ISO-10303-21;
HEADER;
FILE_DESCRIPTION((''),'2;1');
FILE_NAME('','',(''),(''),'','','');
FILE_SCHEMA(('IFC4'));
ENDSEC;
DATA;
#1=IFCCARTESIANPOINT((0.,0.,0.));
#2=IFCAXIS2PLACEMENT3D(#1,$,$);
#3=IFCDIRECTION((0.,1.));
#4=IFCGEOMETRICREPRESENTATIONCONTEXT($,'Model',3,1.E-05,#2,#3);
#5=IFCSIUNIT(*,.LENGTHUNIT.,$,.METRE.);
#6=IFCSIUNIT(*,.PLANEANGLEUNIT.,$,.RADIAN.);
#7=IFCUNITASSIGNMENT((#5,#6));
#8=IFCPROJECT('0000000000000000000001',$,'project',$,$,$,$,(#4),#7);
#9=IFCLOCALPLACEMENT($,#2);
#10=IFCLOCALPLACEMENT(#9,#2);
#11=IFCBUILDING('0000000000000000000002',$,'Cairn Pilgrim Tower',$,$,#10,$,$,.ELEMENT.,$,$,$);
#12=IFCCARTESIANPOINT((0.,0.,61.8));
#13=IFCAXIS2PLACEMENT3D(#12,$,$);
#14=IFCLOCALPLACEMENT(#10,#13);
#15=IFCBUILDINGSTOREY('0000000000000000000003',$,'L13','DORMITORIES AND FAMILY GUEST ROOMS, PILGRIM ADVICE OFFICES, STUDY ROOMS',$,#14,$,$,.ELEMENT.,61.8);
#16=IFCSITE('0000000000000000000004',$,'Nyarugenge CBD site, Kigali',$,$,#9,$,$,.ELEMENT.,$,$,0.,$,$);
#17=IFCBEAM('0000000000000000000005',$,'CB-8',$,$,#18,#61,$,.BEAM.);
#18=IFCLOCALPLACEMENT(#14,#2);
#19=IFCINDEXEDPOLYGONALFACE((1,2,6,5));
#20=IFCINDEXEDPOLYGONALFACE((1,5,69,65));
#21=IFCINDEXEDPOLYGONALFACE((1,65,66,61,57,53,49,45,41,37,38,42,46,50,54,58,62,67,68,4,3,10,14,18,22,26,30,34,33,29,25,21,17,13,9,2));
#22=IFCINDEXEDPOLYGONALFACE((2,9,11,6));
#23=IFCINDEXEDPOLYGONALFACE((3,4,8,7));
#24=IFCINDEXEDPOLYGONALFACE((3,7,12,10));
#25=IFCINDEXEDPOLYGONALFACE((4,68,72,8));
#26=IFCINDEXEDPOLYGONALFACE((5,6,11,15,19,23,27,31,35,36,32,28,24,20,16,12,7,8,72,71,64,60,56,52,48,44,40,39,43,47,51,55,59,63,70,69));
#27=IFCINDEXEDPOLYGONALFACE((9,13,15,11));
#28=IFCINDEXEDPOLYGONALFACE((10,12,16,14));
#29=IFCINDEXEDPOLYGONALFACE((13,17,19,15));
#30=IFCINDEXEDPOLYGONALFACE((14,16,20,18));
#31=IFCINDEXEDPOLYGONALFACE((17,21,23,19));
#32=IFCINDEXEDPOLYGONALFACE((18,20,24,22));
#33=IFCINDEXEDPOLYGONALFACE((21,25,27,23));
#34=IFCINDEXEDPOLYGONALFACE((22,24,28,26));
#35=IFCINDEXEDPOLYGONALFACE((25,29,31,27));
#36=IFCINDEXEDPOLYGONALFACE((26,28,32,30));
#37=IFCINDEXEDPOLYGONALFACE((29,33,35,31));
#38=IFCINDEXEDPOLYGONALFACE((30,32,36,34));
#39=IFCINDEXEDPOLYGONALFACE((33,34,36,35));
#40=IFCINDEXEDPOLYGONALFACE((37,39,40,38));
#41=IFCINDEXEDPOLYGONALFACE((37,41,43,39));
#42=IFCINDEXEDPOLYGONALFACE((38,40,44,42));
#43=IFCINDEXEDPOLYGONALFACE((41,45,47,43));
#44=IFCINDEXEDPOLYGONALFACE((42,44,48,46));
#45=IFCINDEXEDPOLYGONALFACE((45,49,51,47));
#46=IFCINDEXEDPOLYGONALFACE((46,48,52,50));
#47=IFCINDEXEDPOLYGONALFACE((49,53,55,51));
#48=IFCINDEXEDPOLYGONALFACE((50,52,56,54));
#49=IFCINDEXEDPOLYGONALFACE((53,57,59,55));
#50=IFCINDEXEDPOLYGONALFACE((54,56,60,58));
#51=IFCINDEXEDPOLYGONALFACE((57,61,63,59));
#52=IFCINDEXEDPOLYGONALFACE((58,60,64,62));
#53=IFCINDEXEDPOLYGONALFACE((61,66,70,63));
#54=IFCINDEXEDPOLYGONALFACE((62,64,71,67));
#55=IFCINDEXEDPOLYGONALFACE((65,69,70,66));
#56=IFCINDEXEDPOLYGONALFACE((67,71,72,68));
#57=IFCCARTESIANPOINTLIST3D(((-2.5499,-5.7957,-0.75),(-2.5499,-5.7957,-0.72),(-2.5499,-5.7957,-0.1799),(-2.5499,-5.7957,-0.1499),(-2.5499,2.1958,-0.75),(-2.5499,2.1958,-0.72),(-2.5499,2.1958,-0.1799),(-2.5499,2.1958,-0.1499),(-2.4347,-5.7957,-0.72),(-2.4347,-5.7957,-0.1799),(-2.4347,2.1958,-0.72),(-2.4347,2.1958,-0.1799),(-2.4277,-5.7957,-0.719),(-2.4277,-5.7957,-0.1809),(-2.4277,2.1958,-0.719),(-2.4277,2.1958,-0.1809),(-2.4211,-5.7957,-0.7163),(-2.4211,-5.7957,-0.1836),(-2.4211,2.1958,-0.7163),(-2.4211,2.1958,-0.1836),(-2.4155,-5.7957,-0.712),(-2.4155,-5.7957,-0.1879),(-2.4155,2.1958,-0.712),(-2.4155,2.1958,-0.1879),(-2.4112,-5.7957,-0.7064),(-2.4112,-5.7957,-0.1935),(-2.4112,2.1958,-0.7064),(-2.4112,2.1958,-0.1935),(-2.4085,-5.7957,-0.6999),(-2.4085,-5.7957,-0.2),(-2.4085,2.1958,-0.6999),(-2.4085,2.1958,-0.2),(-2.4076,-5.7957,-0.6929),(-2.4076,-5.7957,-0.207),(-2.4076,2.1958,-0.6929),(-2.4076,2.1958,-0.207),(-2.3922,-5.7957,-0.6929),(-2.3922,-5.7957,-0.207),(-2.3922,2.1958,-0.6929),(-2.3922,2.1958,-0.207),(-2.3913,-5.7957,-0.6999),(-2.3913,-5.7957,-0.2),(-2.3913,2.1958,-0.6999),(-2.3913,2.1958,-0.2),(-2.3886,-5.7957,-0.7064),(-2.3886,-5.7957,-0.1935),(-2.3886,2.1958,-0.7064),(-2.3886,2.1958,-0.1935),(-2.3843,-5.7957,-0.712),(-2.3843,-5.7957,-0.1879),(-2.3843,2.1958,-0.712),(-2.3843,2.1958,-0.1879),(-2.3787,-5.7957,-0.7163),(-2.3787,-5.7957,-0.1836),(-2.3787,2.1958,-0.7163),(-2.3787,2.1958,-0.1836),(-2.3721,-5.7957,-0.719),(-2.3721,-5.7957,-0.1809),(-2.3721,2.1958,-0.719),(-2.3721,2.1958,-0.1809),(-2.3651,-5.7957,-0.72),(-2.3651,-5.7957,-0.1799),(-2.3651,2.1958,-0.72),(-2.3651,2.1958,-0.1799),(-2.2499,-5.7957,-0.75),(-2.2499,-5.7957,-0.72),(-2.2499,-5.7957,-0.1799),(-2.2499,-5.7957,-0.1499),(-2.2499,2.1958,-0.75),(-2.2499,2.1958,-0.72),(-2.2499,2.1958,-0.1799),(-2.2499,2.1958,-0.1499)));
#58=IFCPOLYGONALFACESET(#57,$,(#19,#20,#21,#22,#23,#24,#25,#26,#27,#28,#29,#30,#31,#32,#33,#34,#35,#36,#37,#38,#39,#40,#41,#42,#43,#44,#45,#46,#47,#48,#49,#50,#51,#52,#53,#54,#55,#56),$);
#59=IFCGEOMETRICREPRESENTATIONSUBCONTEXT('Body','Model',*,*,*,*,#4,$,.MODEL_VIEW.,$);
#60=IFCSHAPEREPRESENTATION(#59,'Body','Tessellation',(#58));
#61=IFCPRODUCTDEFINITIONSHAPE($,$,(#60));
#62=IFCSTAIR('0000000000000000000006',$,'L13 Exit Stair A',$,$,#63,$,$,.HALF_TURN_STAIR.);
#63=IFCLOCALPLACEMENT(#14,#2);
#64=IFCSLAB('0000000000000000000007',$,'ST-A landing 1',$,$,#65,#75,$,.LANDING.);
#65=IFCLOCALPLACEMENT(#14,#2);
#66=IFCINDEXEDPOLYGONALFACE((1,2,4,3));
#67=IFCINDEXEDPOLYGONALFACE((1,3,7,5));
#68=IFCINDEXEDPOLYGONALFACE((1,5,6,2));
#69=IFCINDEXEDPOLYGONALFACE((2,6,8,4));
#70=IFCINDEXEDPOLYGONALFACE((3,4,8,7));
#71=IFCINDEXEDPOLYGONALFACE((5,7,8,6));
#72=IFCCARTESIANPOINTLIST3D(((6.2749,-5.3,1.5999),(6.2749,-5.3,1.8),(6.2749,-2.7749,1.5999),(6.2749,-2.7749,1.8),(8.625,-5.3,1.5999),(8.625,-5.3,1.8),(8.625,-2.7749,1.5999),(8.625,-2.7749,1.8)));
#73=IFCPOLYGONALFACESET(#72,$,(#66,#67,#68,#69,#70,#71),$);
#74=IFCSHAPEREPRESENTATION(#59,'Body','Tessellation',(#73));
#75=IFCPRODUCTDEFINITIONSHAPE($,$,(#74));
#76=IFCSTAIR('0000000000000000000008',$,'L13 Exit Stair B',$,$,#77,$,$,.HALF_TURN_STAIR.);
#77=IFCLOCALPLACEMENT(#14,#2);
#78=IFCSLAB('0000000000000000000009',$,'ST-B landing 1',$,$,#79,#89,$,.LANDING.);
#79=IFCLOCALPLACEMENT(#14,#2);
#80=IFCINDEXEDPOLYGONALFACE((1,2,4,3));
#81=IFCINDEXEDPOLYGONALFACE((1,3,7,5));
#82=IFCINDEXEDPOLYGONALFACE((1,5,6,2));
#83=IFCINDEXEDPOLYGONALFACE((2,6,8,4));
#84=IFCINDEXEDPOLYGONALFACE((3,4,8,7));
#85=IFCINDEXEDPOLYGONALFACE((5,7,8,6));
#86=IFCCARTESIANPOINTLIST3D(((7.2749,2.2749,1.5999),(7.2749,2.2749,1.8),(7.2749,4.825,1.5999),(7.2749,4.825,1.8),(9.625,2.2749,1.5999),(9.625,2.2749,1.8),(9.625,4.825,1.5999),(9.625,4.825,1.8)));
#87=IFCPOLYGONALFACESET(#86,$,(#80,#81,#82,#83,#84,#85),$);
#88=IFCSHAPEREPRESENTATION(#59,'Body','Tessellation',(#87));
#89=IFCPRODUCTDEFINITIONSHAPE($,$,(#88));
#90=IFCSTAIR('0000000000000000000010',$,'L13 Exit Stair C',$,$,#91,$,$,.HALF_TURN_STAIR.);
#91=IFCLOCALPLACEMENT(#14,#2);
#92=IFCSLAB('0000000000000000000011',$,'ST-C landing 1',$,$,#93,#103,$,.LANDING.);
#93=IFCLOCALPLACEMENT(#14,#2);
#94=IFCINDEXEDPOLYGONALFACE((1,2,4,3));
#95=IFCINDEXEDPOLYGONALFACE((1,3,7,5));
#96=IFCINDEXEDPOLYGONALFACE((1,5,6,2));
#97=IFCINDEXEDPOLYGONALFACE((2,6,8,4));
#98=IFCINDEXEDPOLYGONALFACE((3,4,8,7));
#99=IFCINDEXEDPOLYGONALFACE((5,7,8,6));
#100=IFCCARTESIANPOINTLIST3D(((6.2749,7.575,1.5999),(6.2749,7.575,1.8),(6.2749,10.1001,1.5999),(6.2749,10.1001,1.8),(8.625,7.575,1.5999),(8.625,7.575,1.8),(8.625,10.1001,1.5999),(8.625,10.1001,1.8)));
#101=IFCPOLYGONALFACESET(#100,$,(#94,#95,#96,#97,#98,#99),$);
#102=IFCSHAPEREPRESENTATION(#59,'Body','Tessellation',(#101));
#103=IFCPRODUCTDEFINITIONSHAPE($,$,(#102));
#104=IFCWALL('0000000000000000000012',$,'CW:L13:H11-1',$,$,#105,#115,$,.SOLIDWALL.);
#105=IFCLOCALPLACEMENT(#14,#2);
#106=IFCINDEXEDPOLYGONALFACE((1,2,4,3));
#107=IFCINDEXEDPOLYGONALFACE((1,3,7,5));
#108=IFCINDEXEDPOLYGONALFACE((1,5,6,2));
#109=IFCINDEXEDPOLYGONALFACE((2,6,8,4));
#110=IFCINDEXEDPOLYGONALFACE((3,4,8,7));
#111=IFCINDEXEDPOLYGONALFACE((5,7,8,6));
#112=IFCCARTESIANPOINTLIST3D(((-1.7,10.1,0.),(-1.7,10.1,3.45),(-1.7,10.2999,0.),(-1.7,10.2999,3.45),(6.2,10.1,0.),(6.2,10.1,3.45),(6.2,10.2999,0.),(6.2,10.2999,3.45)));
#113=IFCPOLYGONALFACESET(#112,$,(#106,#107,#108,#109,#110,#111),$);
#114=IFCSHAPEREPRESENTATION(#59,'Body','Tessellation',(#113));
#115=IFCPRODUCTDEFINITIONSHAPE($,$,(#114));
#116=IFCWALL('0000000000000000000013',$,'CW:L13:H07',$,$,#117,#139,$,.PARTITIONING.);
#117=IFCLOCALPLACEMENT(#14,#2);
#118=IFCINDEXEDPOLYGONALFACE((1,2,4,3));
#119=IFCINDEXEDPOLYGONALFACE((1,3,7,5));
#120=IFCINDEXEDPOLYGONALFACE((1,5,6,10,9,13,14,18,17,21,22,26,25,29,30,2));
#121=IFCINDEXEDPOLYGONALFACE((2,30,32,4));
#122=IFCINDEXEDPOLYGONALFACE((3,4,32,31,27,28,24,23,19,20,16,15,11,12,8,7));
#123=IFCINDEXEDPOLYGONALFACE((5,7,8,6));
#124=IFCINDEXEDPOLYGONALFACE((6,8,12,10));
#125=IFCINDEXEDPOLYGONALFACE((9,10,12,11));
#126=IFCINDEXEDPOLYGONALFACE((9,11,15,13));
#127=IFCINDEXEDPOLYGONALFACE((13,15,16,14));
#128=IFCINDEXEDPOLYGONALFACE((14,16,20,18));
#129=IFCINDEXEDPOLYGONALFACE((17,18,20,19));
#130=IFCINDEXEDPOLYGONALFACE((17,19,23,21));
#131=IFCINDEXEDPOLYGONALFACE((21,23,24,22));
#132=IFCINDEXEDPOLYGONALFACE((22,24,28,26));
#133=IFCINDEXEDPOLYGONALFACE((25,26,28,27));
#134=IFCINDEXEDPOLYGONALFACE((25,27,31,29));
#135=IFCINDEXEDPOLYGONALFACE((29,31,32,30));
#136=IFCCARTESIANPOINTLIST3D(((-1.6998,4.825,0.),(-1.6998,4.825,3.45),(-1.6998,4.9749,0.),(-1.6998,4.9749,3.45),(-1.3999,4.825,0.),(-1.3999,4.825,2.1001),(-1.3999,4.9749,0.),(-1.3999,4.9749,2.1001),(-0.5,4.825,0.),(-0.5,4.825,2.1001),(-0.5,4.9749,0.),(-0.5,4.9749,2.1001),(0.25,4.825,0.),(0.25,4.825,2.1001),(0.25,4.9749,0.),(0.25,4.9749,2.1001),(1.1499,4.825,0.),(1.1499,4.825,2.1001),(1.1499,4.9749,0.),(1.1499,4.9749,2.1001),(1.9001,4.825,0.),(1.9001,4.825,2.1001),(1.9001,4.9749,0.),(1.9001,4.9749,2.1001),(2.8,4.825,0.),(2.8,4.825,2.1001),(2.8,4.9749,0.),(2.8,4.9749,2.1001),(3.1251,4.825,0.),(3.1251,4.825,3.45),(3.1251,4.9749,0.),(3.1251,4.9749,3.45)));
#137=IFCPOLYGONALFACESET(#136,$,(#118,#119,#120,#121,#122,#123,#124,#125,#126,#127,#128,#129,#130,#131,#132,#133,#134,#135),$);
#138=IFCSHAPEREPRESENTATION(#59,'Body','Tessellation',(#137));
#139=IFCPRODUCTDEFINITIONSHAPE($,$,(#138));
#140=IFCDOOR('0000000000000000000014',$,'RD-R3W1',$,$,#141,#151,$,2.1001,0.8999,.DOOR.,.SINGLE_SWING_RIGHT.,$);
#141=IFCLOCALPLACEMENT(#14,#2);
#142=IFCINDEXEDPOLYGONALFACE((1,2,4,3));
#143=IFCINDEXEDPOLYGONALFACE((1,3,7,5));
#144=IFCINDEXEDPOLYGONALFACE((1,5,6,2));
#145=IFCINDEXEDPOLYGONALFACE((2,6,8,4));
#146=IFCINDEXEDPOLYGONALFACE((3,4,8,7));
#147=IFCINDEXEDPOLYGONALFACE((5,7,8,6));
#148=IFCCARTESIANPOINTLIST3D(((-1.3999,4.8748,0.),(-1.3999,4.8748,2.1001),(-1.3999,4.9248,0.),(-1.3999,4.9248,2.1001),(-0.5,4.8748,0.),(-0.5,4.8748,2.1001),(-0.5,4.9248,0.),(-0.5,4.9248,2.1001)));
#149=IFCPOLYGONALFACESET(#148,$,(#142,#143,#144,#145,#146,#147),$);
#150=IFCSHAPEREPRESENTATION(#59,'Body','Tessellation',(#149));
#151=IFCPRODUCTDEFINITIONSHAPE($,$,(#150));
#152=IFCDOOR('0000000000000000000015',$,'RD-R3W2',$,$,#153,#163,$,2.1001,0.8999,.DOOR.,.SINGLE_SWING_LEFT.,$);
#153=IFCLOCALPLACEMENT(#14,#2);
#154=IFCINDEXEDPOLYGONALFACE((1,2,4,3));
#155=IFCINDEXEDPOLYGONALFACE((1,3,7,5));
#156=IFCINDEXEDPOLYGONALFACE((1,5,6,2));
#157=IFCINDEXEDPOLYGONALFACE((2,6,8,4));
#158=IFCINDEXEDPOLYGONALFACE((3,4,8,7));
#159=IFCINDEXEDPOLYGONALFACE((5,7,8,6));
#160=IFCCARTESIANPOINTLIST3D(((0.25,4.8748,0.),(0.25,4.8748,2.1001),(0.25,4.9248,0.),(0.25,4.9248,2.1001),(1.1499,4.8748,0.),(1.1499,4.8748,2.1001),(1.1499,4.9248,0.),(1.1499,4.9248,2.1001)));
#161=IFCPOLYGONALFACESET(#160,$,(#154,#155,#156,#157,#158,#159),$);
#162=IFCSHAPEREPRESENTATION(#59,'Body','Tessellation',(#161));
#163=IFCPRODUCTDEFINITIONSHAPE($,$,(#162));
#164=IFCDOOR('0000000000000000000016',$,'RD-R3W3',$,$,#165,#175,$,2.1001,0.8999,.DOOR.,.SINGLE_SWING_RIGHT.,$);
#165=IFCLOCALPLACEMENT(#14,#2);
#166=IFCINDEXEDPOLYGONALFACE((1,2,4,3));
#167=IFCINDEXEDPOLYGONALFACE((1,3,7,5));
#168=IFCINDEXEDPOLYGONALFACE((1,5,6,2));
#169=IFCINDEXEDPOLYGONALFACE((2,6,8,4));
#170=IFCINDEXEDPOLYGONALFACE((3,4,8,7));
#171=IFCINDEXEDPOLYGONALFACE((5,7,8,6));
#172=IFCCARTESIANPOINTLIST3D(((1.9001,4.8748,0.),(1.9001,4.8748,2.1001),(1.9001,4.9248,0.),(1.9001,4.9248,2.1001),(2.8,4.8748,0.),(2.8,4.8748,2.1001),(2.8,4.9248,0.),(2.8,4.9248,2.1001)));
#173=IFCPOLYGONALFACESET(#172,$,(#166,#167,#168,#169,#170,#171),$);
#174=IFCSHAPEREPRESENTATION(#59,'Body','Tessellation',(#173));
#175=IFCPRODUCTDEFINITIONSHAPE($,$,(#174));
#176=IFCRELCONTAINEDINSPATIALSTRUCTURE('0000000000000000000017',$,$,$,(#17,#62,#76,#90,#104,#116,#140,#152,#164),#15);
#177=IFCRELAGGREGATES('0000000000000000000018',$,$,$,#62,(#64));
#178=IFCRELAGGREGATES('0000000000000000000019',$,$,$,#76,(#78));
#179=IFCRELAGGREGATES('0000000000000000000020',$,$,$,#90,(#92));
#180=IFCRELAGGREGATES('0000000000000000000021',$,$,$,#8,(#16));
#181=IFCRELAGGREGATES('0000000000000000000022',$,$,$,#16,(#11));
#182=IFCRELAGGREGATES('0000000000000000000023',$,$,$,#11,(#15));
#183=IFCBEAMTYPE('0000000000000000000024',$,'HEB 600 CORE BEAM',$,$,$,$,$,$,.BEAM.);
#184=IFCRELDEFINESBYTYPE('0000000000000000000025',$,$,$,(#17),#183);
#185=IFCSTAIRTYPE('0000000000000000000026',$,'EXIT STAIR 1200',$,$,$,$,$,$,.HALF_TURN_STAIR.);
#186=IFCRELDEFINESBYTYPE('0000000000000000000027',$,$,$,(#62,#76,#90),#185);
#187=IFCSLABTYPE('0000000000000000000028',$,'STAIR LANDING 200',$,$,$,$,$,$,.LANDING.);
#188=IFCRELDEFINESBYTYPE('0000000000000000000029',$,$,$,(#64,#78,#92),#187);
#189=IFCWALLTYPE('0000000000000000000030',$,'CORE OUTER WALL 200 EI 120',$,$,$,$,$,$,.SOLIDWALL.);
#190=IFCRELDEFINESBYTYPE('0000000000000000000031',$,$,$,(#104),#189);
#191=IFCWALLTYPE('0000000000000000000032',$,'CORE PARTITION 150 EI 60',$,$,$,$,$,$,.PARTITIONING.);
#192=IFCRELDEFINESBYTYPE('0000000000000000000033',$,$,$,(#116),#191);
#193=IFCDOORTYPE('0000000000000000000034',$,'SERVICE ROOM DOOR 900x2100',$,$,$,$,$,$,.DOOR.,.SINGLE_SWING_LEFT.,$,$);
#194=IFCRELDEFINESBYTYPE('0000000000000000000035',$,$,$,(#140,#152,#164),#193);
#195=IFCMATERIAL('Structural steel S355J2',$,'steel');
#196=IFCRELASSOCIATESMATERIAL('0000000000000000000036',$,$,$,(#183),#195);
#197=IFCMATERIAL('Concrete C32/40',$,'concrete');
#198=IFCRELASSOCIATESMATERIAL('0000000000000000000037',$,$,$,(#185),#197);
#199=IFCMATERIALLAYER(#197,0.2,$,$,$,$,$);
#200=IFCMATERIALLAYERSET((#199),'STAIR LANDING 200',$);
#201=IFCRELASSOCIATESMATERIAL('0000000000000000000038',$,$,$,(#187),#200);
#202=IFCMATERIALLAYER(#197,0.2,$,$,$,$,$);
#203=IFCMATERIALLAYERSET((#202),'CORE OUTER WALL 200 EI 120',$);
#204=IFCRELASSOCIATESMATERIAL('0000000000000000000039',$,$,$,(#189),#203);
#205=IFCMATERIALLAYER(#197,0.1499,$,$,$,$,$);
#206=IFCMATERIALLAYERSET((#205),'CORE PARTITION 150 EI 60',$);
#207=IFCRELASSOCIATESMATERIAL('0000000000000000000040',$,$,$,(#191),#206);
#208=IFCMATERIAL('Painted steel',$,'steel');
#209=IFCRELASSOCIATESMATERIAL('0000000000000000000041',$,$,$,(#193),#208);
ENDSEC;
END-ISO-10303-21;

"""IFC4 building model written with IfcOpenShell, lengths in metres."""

from ifc_helpers import new_model, si_unit, direction, frame, frame_2d, origin, origin_2d, place, context, subcontext, project, spatial, polyline, rectangle, i_section, outline, extrude, material, layer, layer_set, material_profile, profile_set, type_object, element, fill, aggregate, save


model = new_model("IFC4")

# Units and contexts
model_context = context("Model", 3, precision=1e-05, world=origin(), true_north=direction((0.0, 1.0)))
body_context = subcontext(model_context, "Body", "Model", "MODEL_VIEW")
ifc_project = project(units=[si_unit("LENGTHUNIT", "METRE"), si_unit("PLANEANGLEUNIT", "RADIAN")], contexts=[model_context])

# Site, building, storey
site_placement = place(None, origin())
site = spatial("IfcSite", under=ifc_project, at=site_placement, Name="Nyarugenge CBD site, Kigali", CompositionType="ELEMENT", RefElevation=0.0)
building_placement = place(site_placement, origin())
building = spatial("IfcBuilding", under=site, at=building_placement, Name="Cairn Pilgrim Tower", CompositionType="ELEMENT")
storey_placement = place(building_placement, frame((0.0, 0.0, 61.8)))
storey = spatial("IfcBuildingStorey", under=building, at=storey_placement, Name="L13", Description="DORMITORIES AND FAMILY GUEST ROOMS, PILGRIM ADVICE OFFICES, STUDY ROOMS", CompositionType="ELEMENT", Elevation=61.8)

# Beam
ifc_material_1 = material(Name="Structural steel S355J2", Category="steel")
ifc_material_profile_1 = material_profile(ifc_material_1, i_section(OverallWidth=0.3, OverallDepth=0.6001, WebThickness=0.0154, FlangeThickness=0.03, FilletRadius=0.0271, at=origin_2d()), Name="HEB 600")
ifc_profile_set_1 = profile_set([ifc_material_profile_1], Name="Structural steel S355J2")
beam_type = type_object("IfcBeamType", Name="HEB 600 CORE BEAM", PredefinedType="BEAM", material=ifc_profile_set_1)
for number, where, z_axis, x_axis, name in (
    (1, (-2.3999, 2.1958, -0.45), (0.0, -1.0, 0.0), (1.0, 0.0, 0.0), "CB-8"),
):
    element("IfcBeam", number, at=place(storey_placement, frame(where, z_axis=z_axis, x_axis=x_axis)), inside=storey, type_object=beam_type, Name=name, PredefinedType="BEAM", context=body_context, shape_type="SweptSolid", body=[
        extrude(i_section(OverallWidth=0.3, OverallDepth=0.6001, WebThickness=0.0154, FlangeThickness=0.03, FilletRadius=0.0271, at=origin_2d()), origin(), (0.0, 0.0, 1.0), 7.9915),
    ])

# Stairs, slabs
ifc_material_2 = material(Name="Concrete C32/40", Category="concrete")
stair_type = type_object("IfcStairType", Name="EXIT STAIR 1200", PredefinedType="HALF_TURN_STAIR", material=ifc_material_2)
stair_1_placement = place(storey_placement, origin())
stair_1 = element("IfcStair", 2, at=stair_1_placement, inside=storey, type_object=stair_type, Name="L13 Exit Stair A", PredefinedType="HALF_TURN_STAIR")
ifc_layer_1 = layer(ifc_material_2, 0.2)
ifc_layer_set_1 = layer_set([ifc_layer_1], Name="STAIR LANDING 200")
slab_type = type_object("IfcSlabType", Name="STAIR LANDING 200", PredefinedType="LANDING", material=ifc_layer_set_1)
slab_1_placement = place(storey_placement, frame((0.0, 0.0, 1.5999)))
slab_1 = element("IfcSlab", 3, at=slab_1_placement, type_object=slab_type, Name="ST-A landing 1", PredefinedType="LANDING", context=body_context, shape_type="SweptSolid", body=[
    extrude(outline(polyline([(8.625, -2.7749), (6.2749, -2.7749), (6.2749, -5.3), (8.625, -5.3), (8.625, -2.7749)])), origin(), (0.0, 0.0, 1.0), 0.2002),
])
aggregate(stair_1, [slab_1])
stair_2_placement = place(storey_placement, origin())
stair_2 = element("IfcStair", 4, at=stair_2_placement, inside=storey, type_object=stair_type, Name="L13 Exit Stair B", PredefinedType="HALF_TURN_STAIR")
slab_2_placement = place(storey_placement, frame((0.0, 0.0, 1.5999)))
slab_2 = element("IfcSlab", 5, at=slab_2_placement, type_object=slab_type, Name="ST-B landing 1", PredefinedType="LANDING", context=body_context, shape_type="SweptSolid", body=[
    extrude(outline(polyline([(7.2749, 2.2749), (9.625, 2.2749), (9.625, 4.825), (7.2749, 4.825), (7.2749, 2.2749)])), origin(), (0.0, 0.0, 1.0), 0.2002),
])
aggregate(stair_2, [slab_2])
stair_3_placement = place(storey_placement, origin())
stair_3 = element("IfcStair", 6, at=stair_3_placement, inside=storey, type_object=stair_type, Name="L13 Exit Stair C", PredefinedType="HALF_TURN_STAIR")
slab_3_placement = place(storey_placement, frame((0.0, 0.0, 1.5999)))
slab_3 = element("IfcSlab", 7, at=slab_3_placement, type_object=slab_type, Name="ST-C landing 1", PredefinedType="LANDING", context=body_context, shape_type="SweptSolid", body=[
    extrude(outline(polyline([(8.625, 10.1001), (6.2749, 10.1001), (6.2749, 7.575), (8.625, 7.575), (8.625, 10.1001)])), origin(), (0.0, 0.0, 1.0), 0.2002),
])
aggregate(stair_3, [slab_3])

# Wall
ifc_layer_2 = layer(ifc_material_2, 0.2)
ifc_layer_set_2 = layer_set([ifc_layer_2], Name="CORE OUTER WALL 200 EI 120")
wall_type_1 = type_object("IfcWallType", Name="CORE OUTER WALL 200 EI 120", PredefinedType="SOLIDWALL", material=ifc_layer_set_2)
wall_1_placement = place(storey_placement, frame((-1.7, 10.2, 0.0), z_axis=(0.0, 0.0, 1.0), x_axis=(1.0, 0.0, 0.0)))
element("IfcWall", 8, at=wall_1_placement, inside=storey, type_object=wall_type_1, Name="CW:L13:H11-1", PredefinedType="SOLIDWALL", context=body_context, shape_type="SweptSolid", body=[
    extrude(rectangle(XDim=7.8999, YDim=0.2, at=frame_2d((3.95, 0.0))), origin(), (0.0, 0.0, 1.0), 3.45),
])

# Wall, openings, doors
ifc_layer_3 = layer(ifc_material_2, 0.1499)
ifc_layer_set_3 = layer_set([ifc_layer_3], Name="CORE PARTITION 150 EI 60")
wall_type_2 = type_object("IfcWallType", Name="CORE PARTITION 150 EI 60", PredefinedType="PARTITIONING", material=ifc_layer_set_3)
wall_2_placement = place(storey_placement, frame((-1.7, 4.8999, 0.0), z_axis=(0.0, 0.0, 1.0), x_axis=(1.0, 0.0, 0.0)))
wall_2 = element("IfcWall", 9, at=wall_2_placement, inside=storey, type_object=wall_type_2, Name="CW:L13:H07", PredefinedType="PARTITIONING", context=body_context, shape_type="SweptSolid", body=[
    extrude(rectangle(XDim=4.825, YDim=0.1499, at=frame_2d((2.4126, 0.0))), origin(), (0.0, 0.0, 1.0), 3.45),
])
opening_1_placement = place(wall_2_placement, frame((0.3, 0.0, 0.0)))
opening_1 = element("IfcOpeningElement", 10, at=opening_1_placement, cuts=wall_2, PredefinedType="OPENING", context=body_context, shape_type="SweptSolid", body=[
    extrude(rectangle(XDim=0.8999, YDim=2.1001, at=frame_2d((0.45, 1.05))), frame((0.0, 0.085, 0.0), z_axis=(0.0, -1.0, 0.0), x_axis=(1.0, 0.0, 0.0)), (0.0, 0.0, 1.0), 0.1699),
])
opening_2_placement = place(wall_2_placement, frame((1.95, 0.0, 0.0)))
opening_2 = element("IfcOpeningElement", 11, at=opening_2_placement, cuts=wall_2, PredefinedType="OPENING", context=body_context, shape_type="SweptSolid", body=[
    extrude(rectangle(XDim=0.8999, YDim=2.1001, at=frame_2d((0.45, 1.05))), frame((0.0, 0.085, 0.0), z_axis=(0.0, -1.0, 0.0), x_axis=(1.0, 0.0, 0.0)), (0.0, 0.0, 1.0), 0.1699),
])
opening_3_placement = place(wall_2_placement, frame((3.6001, 0.0, 0.0)))
opening_3 = element("IfcOpeningElement", 12, at=opening_3_placement, cuts=wall_2, PredefinedType="OPENING", context=body_context, shape_type="SweptSolid", body=[
    extrude(rectangle(XDim=0.8999, YDim=2.1001, at=frame_2d((0.45, 1.05))), frame((0.0, 0.085, 0.0), z_axis=(0.0, -1.0, 0.0), x_axis=(1.0, 0.0, 0.0)), (0.0, 0.0, 1.0), 0.1699),
])
ifc_material_3 = material(Name="Painted steel", Category="steel")
door_type = type_object("IfcDoorType", Name="SERVICE ROOM DOOR 900x2100", OperationType="SINGLE_SWING_LEFT", PredefinedType="DOOR", material=ifc_material_3)
door_1_placement = place(opening_1_placement, origin())
door_1 = element("IfcDoor", 13, at=door_1_placement, inside=storey, type_object=door_type, Name="RD-R3W1", OperationType="SINGLE_SWING_RIGHT", OverallHeight=2.1001, OverallWidth=0.8999, PredefinedType="DOOR", context=body_context, shape_type="SweptSolid", body=[
    extrude(rectangle(XDim=0.8999, YDim=2.1001, at=frame_2d((0.45, 1.05))), frame((0.0, 0.0249, 0.0), z_axis=(0.0, -1.0, 0.0), x_axis=(1.0, 0.0, 0.0)), (0.0, 0.0, 1.0), 0.05),
])
fill(opening_1, door_1)
door_2_placement = place(opening_2_placement, origin())
door_2 = element("IfcDoor", 14, at=door_2_placement, inside=storey, type_object=door_type, Name="RD-R3W2", OperationType="SINGLE_SWING_LEFT", OverallHeight=2.1001, OverallWidth=0.8999, PredefinedType="DOOR", context=body_context, shape_type="SweptSolid", body=[
    extrude(rectangle(XDim=0.8999, YDim=2.1001, at=frame_2d((0.45, 1.05))), frame((0.0, 0.0249, 0.0), z_axis=(0.0, -1.0, 0.0), x_axis=(1.0, 0.0, 0.0)), (0.0, 0.0, 1.0), 0.05),
])
fill(opening_2, door_2)
door_3_placement = place(opening_3_placement, origin())
door_3 = element("IfcDoor", 15, at=door_3_placement, inside=storey, type_object=door_type, Name="RD-R3W3", OperationType="SINGLE_SWING_RIGHT", OverallHeight=2.1001, OverallWidth=0.8999, PredefinedType="DOOR", context=body_context, shape_type="SweptSolid", body=[
    extrude(rectangle(XDim=0.8999, YDim=2.1001, at=frame_2d((0.45, 1.05))), frame((0.0, 0.0249, 0.0), z_axis=(0.0, -1.0, 0.0), x_axis=(1.0, 0.0, 0.0)), (0.0, 0.0, 1.0), 0.05),
])
fill(opening_3, door_3)

save(model, "model.ifc")
